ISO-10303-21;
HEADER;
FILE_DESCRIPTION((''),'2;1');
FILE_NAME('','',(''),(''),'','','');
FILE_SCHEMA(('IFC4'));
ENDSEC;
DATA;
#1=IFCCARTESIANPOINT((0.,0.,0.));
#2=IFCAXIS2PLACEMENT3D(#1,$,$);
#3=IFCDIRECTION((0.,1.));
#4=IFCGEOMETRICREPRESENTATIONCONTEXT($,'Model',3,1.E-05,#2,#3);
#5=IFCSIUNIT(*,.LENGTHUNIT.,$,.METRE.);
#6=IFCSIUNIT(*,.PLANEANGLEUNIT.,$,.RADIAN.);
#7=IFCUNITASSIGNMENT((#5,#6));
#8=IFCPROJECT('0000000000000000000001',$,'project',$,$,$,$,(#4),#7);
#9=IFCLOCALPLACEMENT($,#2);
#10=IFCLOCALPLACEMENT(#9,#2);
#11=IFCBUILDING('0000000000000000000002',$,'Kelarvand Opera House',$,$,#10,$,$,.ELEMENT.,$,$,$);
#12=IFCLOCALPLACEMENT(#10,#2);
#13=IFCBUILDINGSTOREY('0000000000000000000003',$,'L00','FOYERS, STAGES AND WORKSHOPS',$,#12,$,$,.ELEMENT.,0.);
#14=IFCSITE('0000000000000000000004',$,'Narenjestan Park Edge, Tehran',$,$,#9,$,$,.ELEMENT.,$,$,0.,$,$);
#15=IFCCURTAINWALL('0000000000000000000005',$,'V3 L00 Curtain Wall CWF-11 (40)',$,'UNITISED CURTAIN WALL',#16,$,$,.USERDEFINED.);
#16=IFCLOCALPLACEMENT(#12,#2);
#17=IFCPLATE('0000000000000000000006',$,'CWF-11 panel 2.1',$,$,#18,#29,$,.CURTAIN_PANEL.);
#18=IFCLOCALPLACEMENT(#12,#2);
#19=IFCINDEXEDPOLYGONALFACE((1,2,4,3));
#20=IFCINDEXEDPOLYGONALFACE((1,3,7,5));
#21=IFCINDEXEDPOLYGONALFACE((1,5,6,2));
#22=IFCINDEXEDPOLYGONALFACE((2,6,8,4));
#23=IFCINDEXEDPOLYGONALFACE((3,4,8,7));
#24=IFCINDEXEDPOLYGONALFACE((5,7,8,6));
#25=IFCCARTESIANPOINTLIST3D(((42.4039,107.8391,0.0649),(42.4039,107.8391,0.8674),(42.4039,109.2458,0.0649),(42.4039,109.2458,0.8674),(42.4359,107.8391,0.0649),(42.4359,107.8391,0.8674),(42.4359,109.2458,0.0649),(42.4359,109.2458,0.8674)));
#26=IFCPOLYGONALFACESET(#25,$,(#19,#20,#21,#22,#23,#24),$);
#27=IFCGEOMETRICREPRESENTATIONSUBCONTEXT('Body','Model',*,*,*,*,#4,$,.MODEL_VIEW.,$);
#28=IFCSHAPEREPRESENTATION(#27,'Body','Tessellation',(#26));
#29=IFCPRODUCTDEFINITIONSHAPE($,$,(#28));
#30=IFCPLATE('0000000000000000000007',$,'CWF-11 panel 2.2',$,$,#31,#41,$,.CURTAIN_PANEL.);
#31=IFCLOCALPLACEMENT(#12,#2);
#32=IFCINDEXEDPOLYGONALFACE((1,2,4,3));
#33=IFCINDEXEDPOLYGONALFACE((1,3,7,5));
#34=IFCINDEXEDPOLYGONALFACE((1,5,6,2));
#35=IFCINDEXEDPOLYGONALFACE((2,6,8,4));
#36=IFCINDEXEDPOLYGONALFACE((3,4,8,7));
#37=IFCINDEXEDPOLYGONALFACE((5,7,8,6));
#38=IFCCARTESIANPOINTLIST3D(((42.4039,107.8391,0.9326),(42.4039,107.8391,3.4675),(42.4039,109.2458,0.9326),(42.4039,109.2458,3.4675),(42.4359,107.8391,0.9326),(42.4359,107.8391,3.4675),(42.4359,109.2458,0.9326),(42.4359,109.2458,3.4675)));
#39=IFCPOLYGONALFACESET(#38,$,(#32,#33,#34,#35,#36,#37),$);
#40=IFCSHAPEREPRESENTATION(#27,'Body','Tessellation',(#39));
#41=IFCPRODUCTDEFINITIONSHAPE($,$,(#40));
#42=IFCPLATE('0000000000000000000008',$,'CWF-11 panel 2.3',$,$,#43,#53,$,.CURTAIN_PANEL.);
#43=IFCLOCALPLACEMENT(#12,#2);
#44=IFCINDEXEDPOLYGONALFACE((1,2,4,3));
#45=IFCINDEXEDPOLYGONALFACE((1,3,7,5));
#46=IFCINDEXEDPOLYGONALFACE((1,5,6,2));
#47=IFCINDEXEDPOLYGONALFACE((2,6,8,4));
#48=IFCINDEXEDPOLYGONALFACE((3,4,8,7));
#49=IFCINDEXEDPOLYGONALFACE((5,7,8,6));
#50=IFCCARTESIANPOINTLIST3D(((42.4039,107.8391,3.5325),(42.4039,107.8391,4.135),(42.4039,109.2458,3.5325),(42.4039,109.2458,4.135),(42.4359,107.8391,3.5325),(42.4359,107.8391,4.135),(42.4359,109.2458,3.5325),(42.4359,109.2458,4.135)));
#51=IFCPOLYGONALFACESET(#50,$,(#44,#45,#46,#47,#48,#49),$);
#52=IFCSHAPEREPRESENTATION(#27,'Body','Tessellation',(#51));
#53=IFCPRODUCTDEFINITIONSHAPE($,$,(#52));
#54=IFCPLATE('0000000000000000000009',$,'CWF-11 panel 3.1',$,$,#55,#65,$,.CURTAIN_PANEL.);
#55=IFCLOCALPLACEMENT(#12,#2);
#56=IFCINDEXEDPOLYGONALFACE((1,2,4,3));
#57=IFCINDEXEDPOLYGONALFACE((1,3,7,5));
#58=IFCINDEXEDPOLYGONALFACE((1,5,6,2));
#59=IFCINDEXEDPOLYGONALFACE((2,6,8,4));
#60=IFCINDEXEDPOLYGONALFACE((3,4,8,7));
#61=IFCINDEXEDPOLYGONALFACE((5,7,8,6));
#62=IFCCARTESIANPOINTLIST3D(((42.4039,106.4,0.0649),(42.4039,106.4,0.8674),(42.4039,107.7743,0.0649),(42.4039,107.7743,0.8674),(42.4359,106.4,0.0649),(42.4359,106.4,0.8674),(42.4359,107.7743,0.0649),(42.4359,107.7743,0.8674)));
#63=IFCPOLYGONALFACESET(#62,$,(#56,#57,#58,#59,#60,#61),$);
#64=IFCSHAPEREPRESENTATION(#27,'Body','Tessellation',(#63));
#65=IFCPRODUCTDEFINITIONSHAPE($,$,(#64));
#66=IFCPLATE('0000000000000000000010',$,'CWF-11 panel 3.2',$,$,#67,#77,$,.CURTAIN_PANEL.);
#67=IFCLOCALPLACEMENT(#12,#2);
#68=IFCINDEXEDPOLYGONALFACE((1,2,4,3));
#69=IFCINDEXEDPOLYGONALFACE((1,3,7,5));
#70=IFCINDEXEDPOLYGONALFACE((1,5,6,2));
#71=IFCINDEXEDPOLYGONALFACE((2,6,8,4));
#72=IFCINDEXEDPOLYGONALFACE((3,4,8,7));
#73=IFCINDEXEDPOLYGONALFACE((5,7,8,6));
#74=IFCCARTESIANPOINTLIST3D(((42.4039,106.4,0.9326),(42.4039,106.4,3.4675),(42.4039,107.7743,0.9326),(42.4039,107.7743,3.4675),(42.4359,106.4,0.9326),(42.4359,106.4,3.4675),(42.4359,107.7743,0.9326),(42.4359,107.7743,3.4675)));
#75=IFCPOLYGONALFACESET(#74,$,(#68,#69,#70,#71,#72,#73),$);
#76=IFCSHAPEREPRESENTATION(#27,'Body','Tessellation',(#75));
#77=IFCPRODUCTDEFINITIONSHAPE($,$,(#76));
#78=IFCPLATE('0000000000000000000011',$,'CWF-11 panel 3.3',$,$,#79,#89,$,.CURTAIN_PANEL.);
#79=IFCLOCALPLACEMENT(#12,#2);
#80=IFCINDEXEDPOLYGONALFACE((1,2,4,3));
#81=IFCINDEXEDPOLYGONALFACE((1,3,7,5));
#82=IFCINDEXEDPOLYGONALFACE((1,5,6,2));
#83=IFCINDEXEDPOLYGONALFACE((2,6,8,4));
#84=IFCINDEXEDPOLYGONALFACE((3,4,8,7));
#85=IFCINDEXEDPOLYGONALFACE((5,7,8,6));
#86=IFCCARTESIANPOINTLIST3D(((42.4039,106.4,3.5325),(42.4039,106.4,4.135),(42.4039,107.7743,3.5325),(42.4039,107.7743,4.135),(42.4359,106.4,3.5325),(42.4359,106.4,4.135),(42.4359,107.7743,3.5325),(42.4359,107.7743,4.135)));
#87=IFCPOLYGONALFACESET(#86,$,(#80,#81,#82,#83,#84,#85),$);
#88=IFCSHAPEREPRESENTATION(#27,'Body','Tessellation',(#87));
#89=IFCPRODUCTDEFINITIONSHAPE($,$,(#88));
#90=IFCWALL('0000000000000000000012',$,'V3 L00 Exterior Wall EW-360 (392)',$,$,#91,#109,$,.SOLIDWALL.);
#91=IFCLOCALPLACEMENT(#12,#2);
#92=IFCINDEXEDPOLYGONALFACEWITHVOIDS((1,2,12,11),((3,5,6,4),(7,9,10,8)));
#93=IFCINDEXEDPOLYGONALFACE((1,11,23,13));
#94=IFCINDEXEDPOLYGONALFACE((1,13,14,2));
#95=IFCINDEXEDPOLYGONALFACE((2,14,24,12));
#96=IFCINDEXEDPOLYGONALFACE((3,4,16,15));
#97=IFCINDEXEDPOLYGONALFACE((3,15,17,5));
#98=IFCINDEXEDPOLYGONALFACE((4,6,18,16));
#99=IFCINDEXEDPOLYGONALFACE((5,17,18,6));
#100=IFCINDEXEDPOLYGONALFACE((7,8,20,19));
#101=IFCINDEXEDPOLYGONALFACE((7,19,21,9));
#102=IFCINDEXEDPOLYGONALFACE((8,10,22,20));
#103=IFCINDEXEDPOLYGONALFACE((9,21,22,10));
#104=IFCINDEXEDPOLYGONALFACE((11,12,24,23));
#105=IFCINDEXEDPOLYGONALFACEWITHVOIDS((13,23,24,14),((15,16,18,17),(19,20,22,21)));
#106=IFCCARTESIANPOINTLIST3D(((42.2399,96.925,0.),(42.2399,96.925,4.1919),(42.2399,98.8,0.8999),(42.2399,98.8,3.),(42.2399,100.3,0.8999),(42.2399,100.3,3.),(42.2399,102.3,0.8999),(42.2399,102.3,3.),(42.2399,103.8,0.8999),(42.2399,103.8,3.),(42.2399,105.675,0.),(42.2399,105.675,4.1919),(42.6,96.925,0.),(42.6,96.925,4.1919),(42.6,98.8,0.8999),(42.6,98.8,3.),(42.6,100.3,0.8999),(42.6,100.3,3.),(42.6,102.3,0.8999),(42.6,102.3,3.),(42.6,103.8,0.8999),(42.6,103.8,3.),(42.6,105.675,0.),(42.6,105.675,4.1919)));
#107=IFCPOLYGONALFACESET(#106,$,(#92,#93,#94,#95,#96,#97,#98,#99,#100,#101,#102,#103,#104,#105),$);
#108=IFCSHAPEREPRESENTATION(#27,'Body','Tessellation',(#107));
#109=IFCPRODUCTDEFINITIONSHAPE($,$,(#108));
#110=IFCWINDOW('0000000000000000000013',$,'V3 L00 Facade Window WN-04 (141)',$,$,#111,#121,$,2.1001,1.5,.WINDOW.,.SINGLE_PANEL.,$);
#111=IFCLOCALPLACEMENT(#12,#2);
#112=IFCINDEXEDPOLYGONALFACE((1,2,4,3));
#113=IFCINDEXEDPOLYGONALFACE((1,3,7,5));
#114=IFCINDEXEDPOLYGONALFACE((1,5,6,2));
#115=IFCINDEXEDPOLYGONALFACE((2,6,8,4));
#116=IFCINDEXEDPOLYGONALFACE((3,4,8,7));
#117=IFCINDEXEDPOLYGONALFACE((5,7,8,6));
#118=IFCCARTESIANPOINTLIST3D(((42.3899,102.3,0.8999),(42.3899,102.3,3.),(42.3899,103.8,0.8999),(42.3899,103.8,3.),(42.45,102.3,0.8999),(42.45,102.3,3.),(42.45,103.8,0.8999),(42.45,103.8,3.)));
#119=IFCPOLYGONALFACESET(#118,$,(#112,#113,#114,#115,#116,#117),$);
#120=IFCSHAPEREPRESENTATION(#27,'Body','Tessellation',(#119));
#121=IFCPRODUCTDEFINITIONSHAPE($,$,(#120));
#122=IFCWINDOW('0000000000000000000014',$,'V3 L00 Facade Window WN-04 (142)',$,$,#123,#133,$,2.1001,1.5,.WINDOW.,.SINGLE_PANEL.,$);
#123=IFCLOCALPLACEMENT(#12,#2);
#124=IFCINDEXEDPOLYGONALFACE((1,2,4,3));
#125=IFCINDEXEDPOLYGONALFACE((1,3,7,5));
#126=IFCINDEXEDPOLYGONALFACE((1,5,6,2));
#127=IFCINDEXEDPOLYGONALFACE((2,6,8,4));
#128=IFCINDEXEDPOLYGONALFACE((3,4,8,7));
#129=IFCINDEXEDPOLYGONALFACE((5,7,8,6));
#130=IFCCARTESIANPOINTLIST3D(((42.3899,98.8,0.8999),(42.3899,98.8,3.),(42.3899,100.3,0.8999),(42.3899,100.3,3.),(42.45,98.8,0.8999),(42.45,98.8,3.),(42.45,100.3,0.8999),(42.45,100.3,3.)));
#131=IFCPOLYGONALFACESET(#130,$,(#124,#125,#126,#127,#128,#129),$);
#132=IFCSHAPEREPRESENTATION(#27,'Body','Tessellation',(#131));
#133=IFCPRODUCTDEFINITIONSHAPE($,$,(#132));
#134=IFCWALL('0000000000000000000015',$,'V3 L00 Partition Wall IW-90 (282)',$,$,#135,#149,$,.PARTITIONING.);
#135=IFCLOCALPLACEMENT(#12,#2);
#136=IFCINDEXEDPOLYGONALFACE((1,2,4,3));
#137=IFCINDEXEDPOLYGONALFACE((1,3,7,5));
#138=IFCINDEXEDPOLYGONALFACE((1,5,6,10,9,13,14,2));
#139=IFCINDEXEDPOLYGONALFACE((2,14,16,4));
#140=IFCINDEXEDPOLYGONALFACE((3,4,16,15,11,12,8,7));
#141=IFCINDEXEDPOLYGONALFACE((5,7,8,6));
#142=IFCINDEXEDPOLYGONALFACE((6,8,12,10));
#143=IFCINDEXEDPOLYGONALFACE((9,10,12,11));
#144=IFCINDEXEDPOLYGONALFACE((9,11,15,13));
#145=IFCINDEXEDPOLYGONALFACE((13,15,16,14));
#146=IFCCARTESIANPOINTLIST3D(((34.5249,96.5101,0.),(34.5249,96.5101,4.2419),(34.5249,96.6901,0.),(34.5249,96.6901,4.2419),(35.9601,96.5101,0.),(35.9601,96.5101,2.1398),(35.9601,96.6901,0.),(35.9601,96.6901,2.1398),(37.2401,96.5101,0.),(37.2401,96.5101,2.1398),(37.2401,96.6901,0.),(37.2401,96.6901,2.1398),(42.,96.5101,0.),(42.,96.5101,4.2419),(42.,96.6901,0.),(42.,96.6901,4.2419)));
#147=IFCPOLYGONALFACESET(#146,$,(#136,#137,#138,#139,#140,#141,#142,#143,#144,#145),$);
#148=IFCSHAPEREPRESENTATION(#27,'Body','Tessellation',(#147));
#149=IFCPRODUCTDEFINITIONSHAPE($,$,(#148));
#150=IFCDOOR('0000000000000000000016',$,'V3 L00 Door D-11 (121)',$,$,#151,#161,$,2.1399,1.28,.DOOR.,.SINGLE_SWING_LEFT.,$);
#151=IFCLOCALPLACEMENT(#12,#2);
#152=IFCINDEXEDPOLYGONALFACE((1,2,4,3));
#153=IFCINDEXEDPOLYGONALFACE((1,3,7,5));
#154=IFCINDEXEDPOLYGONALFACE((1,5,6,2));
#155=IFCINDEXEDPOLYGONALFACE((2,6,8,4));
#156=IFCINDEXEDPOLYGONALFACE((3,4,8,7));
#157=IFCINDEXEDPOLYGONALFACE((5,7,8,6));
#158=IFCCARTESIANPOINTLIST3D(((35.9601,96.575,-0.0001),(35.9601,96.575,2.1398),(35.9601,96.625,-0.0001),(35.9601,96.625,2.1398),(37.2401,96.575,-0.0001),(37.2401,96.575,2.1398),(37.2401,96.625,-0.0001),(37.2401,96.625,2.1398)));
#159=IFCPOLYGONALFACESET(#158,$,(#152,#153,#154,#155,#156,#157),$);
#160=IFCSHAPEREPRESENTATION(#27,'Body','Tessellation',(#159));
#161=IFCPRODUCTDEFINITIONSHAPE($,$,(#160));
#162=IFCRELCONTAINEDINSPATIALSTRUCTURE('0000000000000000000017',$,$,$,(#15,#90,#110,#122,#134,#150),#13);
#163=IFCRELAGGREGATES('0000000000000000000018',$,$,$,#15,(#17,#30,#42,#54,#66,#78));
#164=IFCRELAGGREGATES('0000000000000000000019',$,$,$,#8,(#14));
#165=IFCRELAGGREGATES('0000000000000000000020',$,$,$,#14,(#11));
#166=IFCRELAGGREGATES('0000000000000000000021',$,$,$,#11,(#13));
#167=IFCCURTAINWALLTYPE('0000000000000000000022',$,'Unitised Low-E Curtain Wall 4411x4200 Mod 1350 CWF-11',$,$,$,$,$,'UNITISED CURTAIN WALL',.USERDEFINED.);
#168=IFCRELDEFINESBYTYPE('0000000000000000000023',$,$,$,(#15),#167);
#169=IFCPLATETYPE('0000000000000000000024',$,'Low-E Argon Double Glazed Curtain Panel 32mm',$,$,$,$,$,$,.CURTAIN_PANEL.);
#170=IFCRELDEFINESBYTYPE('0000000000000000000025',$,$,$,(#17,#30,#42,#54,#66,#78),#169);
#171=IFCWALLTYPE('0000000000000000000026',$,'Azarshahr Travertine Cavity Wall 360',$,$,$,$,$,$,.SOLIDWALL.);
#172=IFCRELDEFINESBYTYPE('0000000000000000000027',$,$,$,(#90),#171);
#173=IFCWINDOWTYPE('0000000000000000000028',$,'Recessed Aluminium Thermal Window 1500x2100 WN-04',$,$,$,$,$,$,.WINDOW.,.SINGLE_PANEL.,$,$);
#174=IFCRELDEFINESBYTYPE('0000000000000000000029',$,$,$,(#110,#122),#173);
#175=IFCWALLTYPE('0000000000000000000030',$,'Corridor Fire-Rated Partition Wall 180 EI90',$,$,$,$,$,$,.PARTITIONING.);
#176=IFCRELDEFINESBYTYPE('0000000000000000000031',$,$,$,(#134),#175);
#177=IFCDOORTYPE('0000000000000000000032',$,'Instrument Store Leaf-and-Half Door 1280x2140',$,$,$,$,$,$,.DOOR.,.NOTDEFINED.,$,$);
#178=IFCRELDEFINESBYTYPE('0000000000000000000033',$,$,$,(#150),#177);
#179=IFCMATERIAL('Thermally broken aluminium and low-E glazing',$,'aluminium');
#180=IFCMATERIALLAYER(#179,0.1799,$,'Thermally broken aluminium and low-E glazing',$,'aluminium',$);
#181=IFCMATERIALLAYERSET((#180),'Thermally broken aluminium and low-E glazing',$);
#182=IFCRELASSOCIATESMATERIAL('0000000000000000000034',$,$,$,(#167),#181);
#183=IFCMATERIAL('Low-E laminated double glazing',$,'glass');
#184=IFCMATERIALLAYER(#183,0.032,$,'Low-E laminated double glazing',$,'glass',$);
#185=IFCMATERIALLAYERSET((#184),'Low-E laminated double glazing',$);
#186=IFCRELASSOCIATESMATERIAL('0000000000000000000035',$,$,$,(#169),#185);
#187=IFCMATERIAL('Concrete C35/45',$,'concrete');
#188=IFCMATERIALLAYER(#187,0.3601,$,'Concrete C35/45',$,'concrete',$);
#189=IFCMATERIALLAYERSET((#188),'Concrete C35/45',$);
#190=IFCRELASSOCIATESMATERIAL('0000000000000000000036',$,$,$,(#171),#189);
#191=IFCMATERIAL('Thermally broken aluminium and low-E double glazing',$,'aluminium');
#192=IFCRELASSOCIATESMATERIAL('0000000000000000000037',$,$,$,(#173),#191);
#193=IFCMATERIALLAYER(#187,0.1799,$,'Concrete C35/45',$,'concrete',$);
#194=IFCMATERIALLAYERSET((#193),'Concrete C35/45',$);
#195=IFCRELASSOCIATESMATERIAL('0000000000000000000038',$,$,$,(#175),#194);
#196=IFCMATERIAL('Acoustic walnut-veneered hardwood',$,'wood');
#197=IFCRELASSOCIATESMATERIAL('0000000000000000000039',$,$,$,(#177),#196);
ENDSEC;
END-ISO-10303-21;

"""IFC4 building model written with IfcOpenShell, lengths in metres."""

from ifc_helpers import new_model, si_unit, direction, frame, frame_2d, origin, origin_2d, place, context, subcontext, project, spatial, rectangle, extrude, material, layer, layer_set, type_object, element, fill, aggregate, save


model = new_model("IFC4")

# Units and contexts
model_context = context("Model", 3, precision=1e-05, world=origin(), true_north=direction((0.0, 1.0)))
body_context = subcontext(model_context, "Body", "Model", "MODEL_VIEW")
ifc_project = project(units=[si_unit("LENGTHUNIT", "METRE"), si_unit("PLANEANGLEUNIT", "RADIAN")], contexts=[model_context])

# Site, building, storey
site_placement = place(None, origin())
site = spatial("IfcSite", under=ifc_project, at=site_placement, Name="Narenjestan Park Edge, Tehran", CompositionType="ELEMENT", RefElevation=0.0)
building_placement = place(site_placement, origin())
building = spatial("IfcBuilding", under=site, at=building_placement, Name="Kelarvand Opera House", CompositionType="ELEMENT")
storey_placement = place(building_placement, origin())
storey = spatial("IfcBuildingStorey", under=building, at=storey_placement, Name="L00", Description="FOYERS, STAGES AND WORKSHOPS", CompositionType="ELEMENT", Elevation=0.0)

# Curtain wall
ifc_material_1 = material(Name="Thermally broken aluminium and low-E glazing", Category="aluminium")
ifc_layer_1 = layer(ifc_material_1, 0.1799, Name="Thermally broken aluminium and low-E glazing", Category="aluminium")
ifc_layer_set_1 = layer_set([ifc_layer_1], Name="Thermally broken aluminium and low-E glazing")
curtain_wall_type = type_object("IfcCurtainWallType", Name="Unitised Low-E Curtain Wall 4411x4200 Mod 1350 CWF-11", ElementType="UNITISED CURTAIN WALL", PredefinedType="USERDEFINED", material=ifc_layer_set_1)
curtain_wall_placement = place(storey_placement, origin())
curtain_wall = element("IfcCurtainWall", 1, at=curtain_wall_placement, inside=storey, type_object=curtain_wall_type, Name="V3 L00 Curtain Wall CWF-11 (40)", ObjectType="UNITISED CURTAIN WALL", PredefinedType="USERDEFINED")

# Plates
ifc_material_2 = material(Name="Low-E laminated double glazing", Category="glass")
ifc_layer_2 = layer(ifc_material_2, 0.032, Name="Low-E laminated double glazing", Category="glass")
ifc_layer_set_2 = layer_set([ifc_layer_2], Name="Low-E laminated double glazing")
plate_type = type_object("IfcPlateType", Name="Low-E Argon Double Glazed Curtain Panel 32mm", PredefinedType="CURTAIN_PANEL", material=ifc_layer_set_2)
plate_1_placement = place(storey_placement, frame((42.4199, 108.5425, 0.0649), z_axis=(0.0, 0.0, 1.0), x_axis=(0.0, -1.0, 0.0)))
plate_1 = element("IfcPlate", 2, at=plate_1_placement, type_object=plate_type, Name="CWF-11 panel 2.1", PredefinedType="CURTAIN_PANEL", context=body_context, shape_type="SweptSolid", body=[
    extrude(rectangle(XDim=1.4067, YDim=0.032, at=origin_2d()), origin(), (0.0, 0.0, 1.0), 0.8025),
])
plate_2_placement = place(storey_placement, frame((42.4199, 108.5425, 0.9326), z_axis=(0.0, 0.0, 1.0), x_axis=(0.0, -1.0, 0.0)))
plate_2 = element("IfcPlate", 3, at=plate_2_placement, type_object=plate_type, Name="CWF-11 panel 2.2", PredefinedType="CURTAIN_PANEL", context=body_context, shape_type="SweptSolid", body=[
    extrude(rectangle(XDim=1.4067, YDim=0.032, at=origin_2d()), origin(), (0.0, 0.0, 1.0), 2.5349),
])
plate_3_placement = place(storey_placement, frame((42.4199, 108.5425, 3.5325), z_axis=(0.0, 0.0, 1.0), x_axis=(0.0, -1.0, 0.0)))
plate_3 = element("IfcPlate", 4, at=plate_3_placement, type_object=plate_type, Name="CWF-11 panel 2.3", PredefinedType="CURTAIN_PANEL", context=body_context, shape_type="SweptSolid", body=[
    extrude(rectangle(XDim=1.4067, YDim=0.032, at=origin_2d()), origin(), (0.0, 0.0, 1.0), 0.6025),
])
plate_4_placement = place(storey_placement, frame((42.4199, 107.0872, 0.0649), z_axis=(0.0, 0.0, 1.0), x_axis=(0.0, -1.0, 0.0)))
plate_4 = element("IfcPlate", 5, at=plate_4_placement, type_object=plate_type, Name="CWF-11 panel 3.1", PredefinedType="CURTAIN_PANEL", context=body_context, shape_type="SweptSolid", body=[
    extrude(rectangle(XDim=1.3743, YDim=0.032, at=origin_2d()), origin(), (0.0, 0.0, 1.0), 0.8025),
])
plate_5_placement = place(storey_placement, frame((42.4199, 107.0872, 0.9326), z_axis=(0.0, 0.0, 1.0), x_axis=(0.0, -1.0, 0.0)))
plate_5 = element("IfcPlate", 6, at=plate_5_placement, type_object=plate_type, Name="CWF-11 panel 3.2", PredefinedType="CURTAIN_PANEL", context=body_context, shape_type="SweptSolid", body=[
    extrude(rectangle(XDim=1.3743, YDim=0.032, at=origin_2d()), origin(), (0.0, 0.0, 1.0), 2.5349),
])
plate_6_placement = place(storey_placement, frame((42.4199, 107.0872, 3.5325), z_axis=(0.0, 0.0, 1.0), x_axis=(0.0, -1.0, 0.0)))
plate_6 = element("IfcPlate", 7, at=plate_6_placement, type_object=plate_type, Name="CWF-11 panel 3.3", PredefinedType="CURTAIN_PANEL", context=body_context, shape_type="SweptSolid", body=[
    extrude(rectangle(XDim=1.3743, YDim=0.032, at=origin_2d()), origin(), (0.0, 0.0, 1.0), 0.6025),
])
aggregate(curtain_wall, [plate_1, plate_2, plate_3, plate_4, plate_5, plate_6])

# Wall, openings, windows
ifc_material_3 = material(Name="Concrete C35/45", Category="concrete")
ifc_layer_3 = layer(ifc_material_3, 0.3601, Name="Concrete C35/45", Category="concrete")
ifc_layer_set_3 = layer_set([ifc_layer_3], Name="Concrete C35/45")
wall_type_1 = type_object("IfcWallType", Name="Azarshahr Travertine Cavity Wall 360", PredefinedType="SOLIDWALL", material=ifc_layer_set_3)
wall_1_placement = place(storey_placement, frame((42.4199, 105.675, 0.0), z_axis=(0.0, 0.0, 1.0), x_axis=(0.0, -1.0, 0.0)))
wall_1 = element("IfcWall", 8, at=wall_1_placement, inside=storey, type_object=wall_type_1, Name="V3 L00 Exterior Wall EW-360 (392)", PredefinedType="SOLIDWALL", context=body_context, shape_type="SweptSolid", body=[
    extrude(rectangle(XDim=8.75, YDim=0.3601, at=frame_2d((4.375, 0.0))), origin(), (0.0, 0.0, 1.0), 4.1919),
])
opening_1_placement = place(wall_1_placement, frame((1.875, 0.0, 0.8999)))
opening_1 = element("IfcOpeningElement", 9, at=opening_1_placement, cuts=wall_1, PredefinedType="OPENING", context=body_context, shape_type="SweptSolid", body=[
    extrude(rectangle(XDim=1.5, YDim=2.1001, at=frame_2d((0.75, 1.05))), frame((0.0, 0.1899, 0.0), z_axis=(0.0, -1.0, 0.0), x_axis=(1.0, 0.0, 0.0)), (0.0, 0.0, 1.0), 0.3801),
])
opening_2_placement = place(wall_1_placement, frame((5.375, 0.0, 0.8999)))
opening_2 = element("IfcOpeningElement", 10, at=opening_2_placement, cuts=wall_1, PredefinedType="OPENING", context=body_context, shape_type="SweptSolid", body=[
    extrude(rectangle(XDim=1.5, YDim=2.1001, at=frame_2d((0.75, 1.05))), frame((0.0, 0.1899, 0.0), z_axis=(0.0, -1.0, 0.0), x_axis=(1.0, 0.0, 0.0)), (0.0, 0.0, 1.0), 0.3801),
])
ifc_material_4 = material(Name="Thermally broken aluminium and low-E double glazing", Category="aluminium")
window_type = type_object("IfcWindowType", Name="Recessed Aluminium Thermal Window 1500x2100 WN-04", PartitioningType="SINGLE_PANEL", PredefinedType="WINDOW", material=ifc_material_4)
window_1_placement = place(opening_1_placement, origin())
window_1 = element("IfcWindow", 11, at=window_1_placement, inside=storey, type_object=window_type, Name="V3 L00 Facade Window WN-04 (141)", OverallHeight=2.1001, OverallWidth=1.5, PartitioningType="SINGLE_PANEL", PredefinedType="WINDOW", context=body_context, shape_type="SweptSolid", body=[
    extrude(rectangle(XDim=1.5, YDim=2.1001, at=frame_2d((0.75, 1.05))), frame((0.0, 0.03, 0.0), z_axis=(0.0, -1.0, 0.0), x_axis=(1.0, 0.0, 0.0)), (0.0, 0.0, 1.0), 0.0601),
])
fill(opening_1, window_1)
window_2_placement = place(opening_2_placement, origin())
window_2 = element("IfcWindow", 12, at=window_2_placement, inside=storey, type_object=window_type, Name="V3 L00 Facade Window WN-04 (142)", OverallHeight=2.1001, OverallWidth=1.5, PartitioningType="SINGLE_PANEL", PredefinedType="WINDOW", context=body_context, shape_type="SweptSolid", body=[
    extrude(rectangle(XDim=1.5, YDim=2.1001, at=frame_2d((0.75, 1.05))), frame((0.0, 0.03, 0.0), z_axis=(0.0, -1.0, 0.0), x_axis=(1.0, 0.0, 0.0)), (0.0, 0.0, 1.0), 0.0601),
])
fill(opening_2, window_2)

# Wall, opening, door
ifc_layer_4 = layer(ifc_material_3, 0.1799, Name="Concrete C35/45", Category="concrete")
ifc_layer_set_4 = layer_set([ifc_layer_4], Name="Concrete C35/45")
wall_type_2 = type_object("IfcWallType", Name="Corridor Fire-Rated Partition Wall 180 EI90", PredefinedType="PARTITIONING", material=ifc_layer_set_4)
wall_2_placement = place(storey_placement, frame((34.5249, 96.6001, 0.0), z_axis=(0.0, 0.0, 1.0), x_axis=(1.0, 0.0, 0.0)))
wall_2 = element("IfcWall", 13, at=wall_2_placement, inside=storey, type_object=wall_type_2, Name="V3 L00 Partition Wall IW-90 (282)", PredefinedType="PARTITIONING", context=body_context, shape_type="SweptSolid", body=[
    extrude(rectangle(XDim=7.4751, YDim=0.1799, at=frame_2d((3.7375, 0.0))), origin(), (0.0, 0.0, 1.0), 4.2419),
])
opening_3_placement = place(wall_2_placement, frame((1.4351, 0.0, 0.0)))
opening_3 = element("IfcOpeningElement", 14, at=opening_3_placement, cuts=wall_2, PredefinedType="OPENING", context=body_context, shape_type="SweptSolid", body=[
    extrude(rectangle(XDim=1.28, YDim=2.1399, at=frame_2d((0.6401, 1.0698))), frame((0.0, 0.1001, 0.0), z_axis=(0.0, -1.0, 0.0), x_axis=(1.0, 0.0, 0.0)), (0.0, 0.0, 1.0), 0.2),
])
ifc_material_5 = material(Name="Acoustic walnut-veneered hardwood", Category="wood")
door_type = type_object("IfcDoorType", Name="Instrument Store Leaf-and-Half Door 1280x2140", OperationType="NOTDEFINED", PredefinedType="DOOR", material=ifc_material_5)
door_placement = place(opening_3_placement, origin())
door = element("IfcDoor", 15, at=door_placement, inside=storey, type_object=door_type, Name="V3 L00 Door D-11 (121)", OperationType="SINGLE_SWING_LEFT", OverallHeight=2.1399, OverallWidth=1.28, PredefinedType="DOOR", context=body_context, shape_type="SweptSolid", body=[
    extrude(rectangle(XDim=1.28, YDim=2.1399, at=frame_2d((0.6401, 1.0698))), frame((0.0, 0.0249, 0.0), z_axis=(0.0, -1.0, 0.0), x_axis=(1.0, 0.0, 0.0)), (0.0, 0.0, 1.0), 0.05),
])
fill(opening_3, door)

save(model, "model.ifc")
